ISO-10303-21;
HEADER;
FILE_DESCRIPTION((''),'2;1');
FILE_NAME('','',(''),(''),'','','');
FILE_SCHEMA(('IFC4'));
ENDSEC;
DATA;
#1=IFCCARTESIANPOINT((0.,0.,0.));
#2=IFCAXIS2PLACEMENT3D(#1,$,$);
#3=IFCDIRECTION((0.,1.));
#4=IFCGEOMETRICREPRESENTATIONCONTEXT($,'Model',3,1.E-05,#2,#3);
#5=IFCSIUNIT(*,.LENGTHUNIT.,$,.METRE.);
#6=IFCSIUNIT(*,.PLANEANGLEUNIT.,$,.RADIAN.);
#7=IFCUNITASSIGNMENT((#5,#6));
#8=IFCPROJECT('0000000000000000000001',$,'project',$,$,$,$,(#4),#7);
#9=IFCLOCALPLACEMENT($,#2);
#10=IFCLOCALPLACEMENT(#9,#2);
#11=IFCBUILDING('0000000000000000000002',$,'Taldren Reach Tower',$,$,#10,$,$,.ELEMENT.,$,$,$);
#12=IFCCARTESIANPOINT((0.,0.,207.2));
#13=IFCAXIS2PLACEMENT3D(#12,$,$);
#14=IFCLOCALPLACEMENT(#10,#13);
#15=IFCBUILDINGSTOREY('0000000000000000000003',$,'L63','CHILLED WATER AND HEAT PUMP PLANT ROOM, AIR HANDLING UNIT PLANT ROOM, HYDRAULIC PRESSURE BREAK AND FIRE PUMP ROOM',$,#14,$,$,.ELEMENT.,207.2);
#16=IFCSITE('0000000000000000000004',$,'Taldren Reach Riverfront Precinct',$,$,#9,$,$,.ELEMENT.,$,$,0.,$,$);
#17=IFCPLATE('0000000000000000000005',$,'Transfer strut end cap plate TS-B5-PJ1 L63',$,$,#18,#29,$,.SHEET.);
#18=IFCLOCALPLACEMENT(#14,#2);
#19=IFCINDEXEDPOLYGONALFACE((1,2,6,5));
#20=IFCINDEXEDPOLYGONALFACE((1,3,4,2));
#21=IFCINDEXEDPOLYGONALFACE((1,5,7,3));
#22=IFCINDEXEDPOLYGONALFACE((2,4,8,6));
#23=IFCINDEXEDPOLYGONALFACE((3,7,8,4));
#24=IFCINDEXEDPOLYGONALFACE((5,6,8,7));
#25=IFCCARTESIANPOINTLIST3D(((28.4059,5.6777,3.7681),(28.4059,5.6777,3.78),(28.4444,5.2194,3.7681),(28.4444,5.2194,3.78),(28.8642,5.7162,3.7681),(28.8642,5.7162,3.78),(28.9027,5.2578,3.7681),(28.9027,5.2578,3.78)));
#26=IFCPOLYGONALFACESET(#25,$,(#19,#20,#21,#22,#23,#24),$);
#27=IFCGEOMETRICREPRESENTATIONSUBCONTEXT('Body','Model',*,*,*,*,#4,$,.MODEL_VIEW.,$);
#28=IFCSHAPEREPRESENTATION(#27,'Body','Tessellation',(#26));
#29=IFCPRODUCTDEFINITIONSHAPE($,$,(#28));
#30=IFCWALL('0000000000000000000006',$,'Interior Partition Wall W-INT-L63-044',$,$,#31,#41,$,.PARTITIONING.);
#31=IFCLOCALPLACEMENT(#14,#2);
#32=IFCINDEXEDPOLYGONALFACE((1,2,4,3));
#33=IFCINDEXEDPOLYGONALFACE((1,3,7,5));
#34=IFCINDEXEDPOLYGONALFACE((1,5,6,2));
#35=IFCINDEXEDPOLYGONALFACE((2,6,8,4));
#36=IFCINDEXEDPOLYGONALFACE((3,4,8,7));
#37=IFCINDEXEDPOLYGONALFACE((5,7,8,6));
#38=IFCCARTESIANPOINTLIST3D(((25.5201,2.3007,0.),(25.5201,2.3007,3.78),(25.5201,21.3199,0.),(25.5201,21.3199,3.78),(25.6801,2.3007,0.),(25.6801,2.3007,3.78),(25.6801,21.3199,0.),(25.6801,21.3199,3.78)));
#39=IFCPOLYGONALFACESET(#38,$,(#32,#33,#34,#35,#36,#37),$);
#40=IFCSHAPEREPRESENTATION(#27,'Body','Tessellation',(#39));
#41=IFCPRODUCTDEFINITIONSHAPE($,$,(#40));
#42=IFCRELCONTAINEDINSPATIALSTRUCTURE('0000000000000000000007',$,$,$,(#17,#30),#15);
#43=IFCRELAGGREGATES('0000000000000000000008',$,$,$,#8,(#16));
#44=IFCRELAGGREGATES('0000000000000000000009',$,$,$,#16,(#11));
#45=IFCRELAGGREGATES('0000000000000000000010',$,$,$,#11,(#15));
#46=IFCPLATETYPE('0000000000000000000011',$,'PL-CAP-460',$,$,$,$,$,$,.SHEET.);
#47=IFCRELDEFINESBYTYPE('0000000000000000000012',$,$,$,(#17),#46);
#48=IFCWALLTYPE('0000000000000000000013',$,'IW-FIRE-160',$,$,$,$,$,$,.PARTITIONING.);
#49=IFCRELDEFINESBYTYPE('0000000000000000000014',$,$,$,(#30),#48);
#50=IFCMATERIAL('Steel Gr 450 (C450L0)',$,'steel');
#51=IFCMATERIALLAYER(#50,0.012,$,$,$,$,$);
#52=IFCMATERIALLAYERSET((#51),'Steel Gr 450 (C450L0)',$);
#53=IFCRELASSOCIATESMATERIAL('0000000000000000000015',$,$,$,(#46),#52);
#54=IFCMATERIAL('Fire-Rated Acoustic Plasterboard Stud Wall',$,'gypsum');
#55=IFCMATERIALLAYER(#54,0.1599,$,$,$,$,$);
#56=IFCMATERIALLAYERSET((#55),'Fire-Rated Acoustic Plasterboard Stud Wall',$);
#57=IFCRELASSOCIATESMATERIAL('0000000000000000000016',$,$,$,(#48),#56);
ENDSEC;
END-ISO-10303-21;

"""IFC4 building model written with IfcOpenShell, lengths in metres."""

from ifc_helpers import new_model, si_unit, direction, frame, frame_2d, origin, origin_2d, place, context, subcontext, project, spatial, rectangle, extrude, source, transform, mapped, material, layer, layer_set, type_object, element, save


model = new_model("IFC4")

# Units and contexts
model_context = context("Model", 3, precision=1e-05, world=origin(), true_north=direction((0.0, 1.0)))
body_context = subcontext(model_context, "Body", "Model", "MODEL_VIEW")
ifc_project = project(units=[si_unit("LENGTHUNIT", "METRE"), si_unit("PLANEANGLEUNIT", "RADIAN")], contexts=[model_context])

# Site, building, storey
site_placement = place(None, origin())
site = spatial("IfcSite", under=ifc_project, at=site_placement, Name="Taldren Reach Riverfront Precinct", CompositionType="ELEMENT", RefElevation=0.0)
building_placement = place(site_placement, origin())
building = spatial("IfcBuilding", under=site, at=building_placement, Name="Taldren Reach Tower", CompositionType="ELEMENT")
storey_placement = place(building_placement, frame((0.0, 0.0, 207.2)))
storey = spatial("IfcBuildingStorey", under=building, at=storey_placement, Name="L63", Description="CHILLED WATER AND HEAT PUMP PLANT ROOM, AIR HANDLING UNIT PLANT ROOM, HYDRAULIC PRESSURE BREAK AND FIRE PUMP ROOM", CompositionType="ELEMENT", Elevation=207.2)

# Shared definitions
ifc_material_1 = material(Name="Steel Gr 450 (C450L0)", Category="steel")

# Plate
ifc_layer_1 = layer(ifc_material_1, 0.012)
ifc_layer_set_1 = layer_set([ifc_layer_1], Name="Steel Gr 450 (C450L0)")
plate_type = type_object("IfcPlateType", Name="PL-CAP-460", PredefinedType="SHEET", material=ifc_layer_set_1)
shared_shape_1 = source(origin(), body_context, "Body", "SweptSolid", [
    extrude(rectangle(XDim=0.46, YDim=0.46, at=origin_2d()), origin(), (0.0, 0.0, 1.0), 0.012),
])
for number, where, z_axis, x_axis, name in (
    (1, (28.6543, 5.4678, 3.7681), (0.0, 0.0, 1.0), (0.996493, 0.083678, 0.0), "Transfer strut end cap plate TS-B5-PJ1 L63"),
):
    element("IfcPlate", number, at=place(storey_placement, frame(where, z_axis=z_axis, x_axis=x_axis)), inside=storey, type_object=plate_type, Name=name, PredefinedType="SHEET", context=body_context, shape_type="MappedRepresentation", body=[
        mapped(shared_shape_1, transform((0.0, 0.0, 0.0), scale=1.0)),
    ])

# Wall
ifc_material_2 = material(Name="Fire-Rated Acoustic Plasterboard Stud Wall", Category="gypsum")
ifc_layer_2 = layer(ifc_material_2, 0.1599)
ifc_layer_set_2 = layer_set([ifc_layer_2], Name="Fire-Rated Acoustic Plasterboard Stud Wall")
wall_type = type_object("IfcWallType", Name="IW-FIRE-160", PredefinedType="PARTITIONING", material=ifc_layer_set_2)
shared_shape_2 = source(origin(), body_context, "Body", "SweptSolid", [
    extrude(rectangle(XDim=19.0193, YDim=0.1599, at=frame_2d((9.5098, 0.0))), origin(), (0.0, 0.0, 1.0), 3.78),
])
wall_placement = place(storey_placement, frame((25.6001, 21.3201, 0.0), z_axis=(0.0, 0.0, 1.0), x_axis=(0.0, -1.0, 0.0)))
element("IfcWall", 2, at=wall_placement, inside=storey, type_object=wall_type, Name="Interior Partition Wall W-INT-L63-044", PredefinedType="PARTITIONING", context=body_context, shape_type="MappedRepresentation", body=[
    mapped(shared_shape_2, transform((0.0, 0.0, 0.0), scale=1.0)),
])

save(model, "model.ifc")
